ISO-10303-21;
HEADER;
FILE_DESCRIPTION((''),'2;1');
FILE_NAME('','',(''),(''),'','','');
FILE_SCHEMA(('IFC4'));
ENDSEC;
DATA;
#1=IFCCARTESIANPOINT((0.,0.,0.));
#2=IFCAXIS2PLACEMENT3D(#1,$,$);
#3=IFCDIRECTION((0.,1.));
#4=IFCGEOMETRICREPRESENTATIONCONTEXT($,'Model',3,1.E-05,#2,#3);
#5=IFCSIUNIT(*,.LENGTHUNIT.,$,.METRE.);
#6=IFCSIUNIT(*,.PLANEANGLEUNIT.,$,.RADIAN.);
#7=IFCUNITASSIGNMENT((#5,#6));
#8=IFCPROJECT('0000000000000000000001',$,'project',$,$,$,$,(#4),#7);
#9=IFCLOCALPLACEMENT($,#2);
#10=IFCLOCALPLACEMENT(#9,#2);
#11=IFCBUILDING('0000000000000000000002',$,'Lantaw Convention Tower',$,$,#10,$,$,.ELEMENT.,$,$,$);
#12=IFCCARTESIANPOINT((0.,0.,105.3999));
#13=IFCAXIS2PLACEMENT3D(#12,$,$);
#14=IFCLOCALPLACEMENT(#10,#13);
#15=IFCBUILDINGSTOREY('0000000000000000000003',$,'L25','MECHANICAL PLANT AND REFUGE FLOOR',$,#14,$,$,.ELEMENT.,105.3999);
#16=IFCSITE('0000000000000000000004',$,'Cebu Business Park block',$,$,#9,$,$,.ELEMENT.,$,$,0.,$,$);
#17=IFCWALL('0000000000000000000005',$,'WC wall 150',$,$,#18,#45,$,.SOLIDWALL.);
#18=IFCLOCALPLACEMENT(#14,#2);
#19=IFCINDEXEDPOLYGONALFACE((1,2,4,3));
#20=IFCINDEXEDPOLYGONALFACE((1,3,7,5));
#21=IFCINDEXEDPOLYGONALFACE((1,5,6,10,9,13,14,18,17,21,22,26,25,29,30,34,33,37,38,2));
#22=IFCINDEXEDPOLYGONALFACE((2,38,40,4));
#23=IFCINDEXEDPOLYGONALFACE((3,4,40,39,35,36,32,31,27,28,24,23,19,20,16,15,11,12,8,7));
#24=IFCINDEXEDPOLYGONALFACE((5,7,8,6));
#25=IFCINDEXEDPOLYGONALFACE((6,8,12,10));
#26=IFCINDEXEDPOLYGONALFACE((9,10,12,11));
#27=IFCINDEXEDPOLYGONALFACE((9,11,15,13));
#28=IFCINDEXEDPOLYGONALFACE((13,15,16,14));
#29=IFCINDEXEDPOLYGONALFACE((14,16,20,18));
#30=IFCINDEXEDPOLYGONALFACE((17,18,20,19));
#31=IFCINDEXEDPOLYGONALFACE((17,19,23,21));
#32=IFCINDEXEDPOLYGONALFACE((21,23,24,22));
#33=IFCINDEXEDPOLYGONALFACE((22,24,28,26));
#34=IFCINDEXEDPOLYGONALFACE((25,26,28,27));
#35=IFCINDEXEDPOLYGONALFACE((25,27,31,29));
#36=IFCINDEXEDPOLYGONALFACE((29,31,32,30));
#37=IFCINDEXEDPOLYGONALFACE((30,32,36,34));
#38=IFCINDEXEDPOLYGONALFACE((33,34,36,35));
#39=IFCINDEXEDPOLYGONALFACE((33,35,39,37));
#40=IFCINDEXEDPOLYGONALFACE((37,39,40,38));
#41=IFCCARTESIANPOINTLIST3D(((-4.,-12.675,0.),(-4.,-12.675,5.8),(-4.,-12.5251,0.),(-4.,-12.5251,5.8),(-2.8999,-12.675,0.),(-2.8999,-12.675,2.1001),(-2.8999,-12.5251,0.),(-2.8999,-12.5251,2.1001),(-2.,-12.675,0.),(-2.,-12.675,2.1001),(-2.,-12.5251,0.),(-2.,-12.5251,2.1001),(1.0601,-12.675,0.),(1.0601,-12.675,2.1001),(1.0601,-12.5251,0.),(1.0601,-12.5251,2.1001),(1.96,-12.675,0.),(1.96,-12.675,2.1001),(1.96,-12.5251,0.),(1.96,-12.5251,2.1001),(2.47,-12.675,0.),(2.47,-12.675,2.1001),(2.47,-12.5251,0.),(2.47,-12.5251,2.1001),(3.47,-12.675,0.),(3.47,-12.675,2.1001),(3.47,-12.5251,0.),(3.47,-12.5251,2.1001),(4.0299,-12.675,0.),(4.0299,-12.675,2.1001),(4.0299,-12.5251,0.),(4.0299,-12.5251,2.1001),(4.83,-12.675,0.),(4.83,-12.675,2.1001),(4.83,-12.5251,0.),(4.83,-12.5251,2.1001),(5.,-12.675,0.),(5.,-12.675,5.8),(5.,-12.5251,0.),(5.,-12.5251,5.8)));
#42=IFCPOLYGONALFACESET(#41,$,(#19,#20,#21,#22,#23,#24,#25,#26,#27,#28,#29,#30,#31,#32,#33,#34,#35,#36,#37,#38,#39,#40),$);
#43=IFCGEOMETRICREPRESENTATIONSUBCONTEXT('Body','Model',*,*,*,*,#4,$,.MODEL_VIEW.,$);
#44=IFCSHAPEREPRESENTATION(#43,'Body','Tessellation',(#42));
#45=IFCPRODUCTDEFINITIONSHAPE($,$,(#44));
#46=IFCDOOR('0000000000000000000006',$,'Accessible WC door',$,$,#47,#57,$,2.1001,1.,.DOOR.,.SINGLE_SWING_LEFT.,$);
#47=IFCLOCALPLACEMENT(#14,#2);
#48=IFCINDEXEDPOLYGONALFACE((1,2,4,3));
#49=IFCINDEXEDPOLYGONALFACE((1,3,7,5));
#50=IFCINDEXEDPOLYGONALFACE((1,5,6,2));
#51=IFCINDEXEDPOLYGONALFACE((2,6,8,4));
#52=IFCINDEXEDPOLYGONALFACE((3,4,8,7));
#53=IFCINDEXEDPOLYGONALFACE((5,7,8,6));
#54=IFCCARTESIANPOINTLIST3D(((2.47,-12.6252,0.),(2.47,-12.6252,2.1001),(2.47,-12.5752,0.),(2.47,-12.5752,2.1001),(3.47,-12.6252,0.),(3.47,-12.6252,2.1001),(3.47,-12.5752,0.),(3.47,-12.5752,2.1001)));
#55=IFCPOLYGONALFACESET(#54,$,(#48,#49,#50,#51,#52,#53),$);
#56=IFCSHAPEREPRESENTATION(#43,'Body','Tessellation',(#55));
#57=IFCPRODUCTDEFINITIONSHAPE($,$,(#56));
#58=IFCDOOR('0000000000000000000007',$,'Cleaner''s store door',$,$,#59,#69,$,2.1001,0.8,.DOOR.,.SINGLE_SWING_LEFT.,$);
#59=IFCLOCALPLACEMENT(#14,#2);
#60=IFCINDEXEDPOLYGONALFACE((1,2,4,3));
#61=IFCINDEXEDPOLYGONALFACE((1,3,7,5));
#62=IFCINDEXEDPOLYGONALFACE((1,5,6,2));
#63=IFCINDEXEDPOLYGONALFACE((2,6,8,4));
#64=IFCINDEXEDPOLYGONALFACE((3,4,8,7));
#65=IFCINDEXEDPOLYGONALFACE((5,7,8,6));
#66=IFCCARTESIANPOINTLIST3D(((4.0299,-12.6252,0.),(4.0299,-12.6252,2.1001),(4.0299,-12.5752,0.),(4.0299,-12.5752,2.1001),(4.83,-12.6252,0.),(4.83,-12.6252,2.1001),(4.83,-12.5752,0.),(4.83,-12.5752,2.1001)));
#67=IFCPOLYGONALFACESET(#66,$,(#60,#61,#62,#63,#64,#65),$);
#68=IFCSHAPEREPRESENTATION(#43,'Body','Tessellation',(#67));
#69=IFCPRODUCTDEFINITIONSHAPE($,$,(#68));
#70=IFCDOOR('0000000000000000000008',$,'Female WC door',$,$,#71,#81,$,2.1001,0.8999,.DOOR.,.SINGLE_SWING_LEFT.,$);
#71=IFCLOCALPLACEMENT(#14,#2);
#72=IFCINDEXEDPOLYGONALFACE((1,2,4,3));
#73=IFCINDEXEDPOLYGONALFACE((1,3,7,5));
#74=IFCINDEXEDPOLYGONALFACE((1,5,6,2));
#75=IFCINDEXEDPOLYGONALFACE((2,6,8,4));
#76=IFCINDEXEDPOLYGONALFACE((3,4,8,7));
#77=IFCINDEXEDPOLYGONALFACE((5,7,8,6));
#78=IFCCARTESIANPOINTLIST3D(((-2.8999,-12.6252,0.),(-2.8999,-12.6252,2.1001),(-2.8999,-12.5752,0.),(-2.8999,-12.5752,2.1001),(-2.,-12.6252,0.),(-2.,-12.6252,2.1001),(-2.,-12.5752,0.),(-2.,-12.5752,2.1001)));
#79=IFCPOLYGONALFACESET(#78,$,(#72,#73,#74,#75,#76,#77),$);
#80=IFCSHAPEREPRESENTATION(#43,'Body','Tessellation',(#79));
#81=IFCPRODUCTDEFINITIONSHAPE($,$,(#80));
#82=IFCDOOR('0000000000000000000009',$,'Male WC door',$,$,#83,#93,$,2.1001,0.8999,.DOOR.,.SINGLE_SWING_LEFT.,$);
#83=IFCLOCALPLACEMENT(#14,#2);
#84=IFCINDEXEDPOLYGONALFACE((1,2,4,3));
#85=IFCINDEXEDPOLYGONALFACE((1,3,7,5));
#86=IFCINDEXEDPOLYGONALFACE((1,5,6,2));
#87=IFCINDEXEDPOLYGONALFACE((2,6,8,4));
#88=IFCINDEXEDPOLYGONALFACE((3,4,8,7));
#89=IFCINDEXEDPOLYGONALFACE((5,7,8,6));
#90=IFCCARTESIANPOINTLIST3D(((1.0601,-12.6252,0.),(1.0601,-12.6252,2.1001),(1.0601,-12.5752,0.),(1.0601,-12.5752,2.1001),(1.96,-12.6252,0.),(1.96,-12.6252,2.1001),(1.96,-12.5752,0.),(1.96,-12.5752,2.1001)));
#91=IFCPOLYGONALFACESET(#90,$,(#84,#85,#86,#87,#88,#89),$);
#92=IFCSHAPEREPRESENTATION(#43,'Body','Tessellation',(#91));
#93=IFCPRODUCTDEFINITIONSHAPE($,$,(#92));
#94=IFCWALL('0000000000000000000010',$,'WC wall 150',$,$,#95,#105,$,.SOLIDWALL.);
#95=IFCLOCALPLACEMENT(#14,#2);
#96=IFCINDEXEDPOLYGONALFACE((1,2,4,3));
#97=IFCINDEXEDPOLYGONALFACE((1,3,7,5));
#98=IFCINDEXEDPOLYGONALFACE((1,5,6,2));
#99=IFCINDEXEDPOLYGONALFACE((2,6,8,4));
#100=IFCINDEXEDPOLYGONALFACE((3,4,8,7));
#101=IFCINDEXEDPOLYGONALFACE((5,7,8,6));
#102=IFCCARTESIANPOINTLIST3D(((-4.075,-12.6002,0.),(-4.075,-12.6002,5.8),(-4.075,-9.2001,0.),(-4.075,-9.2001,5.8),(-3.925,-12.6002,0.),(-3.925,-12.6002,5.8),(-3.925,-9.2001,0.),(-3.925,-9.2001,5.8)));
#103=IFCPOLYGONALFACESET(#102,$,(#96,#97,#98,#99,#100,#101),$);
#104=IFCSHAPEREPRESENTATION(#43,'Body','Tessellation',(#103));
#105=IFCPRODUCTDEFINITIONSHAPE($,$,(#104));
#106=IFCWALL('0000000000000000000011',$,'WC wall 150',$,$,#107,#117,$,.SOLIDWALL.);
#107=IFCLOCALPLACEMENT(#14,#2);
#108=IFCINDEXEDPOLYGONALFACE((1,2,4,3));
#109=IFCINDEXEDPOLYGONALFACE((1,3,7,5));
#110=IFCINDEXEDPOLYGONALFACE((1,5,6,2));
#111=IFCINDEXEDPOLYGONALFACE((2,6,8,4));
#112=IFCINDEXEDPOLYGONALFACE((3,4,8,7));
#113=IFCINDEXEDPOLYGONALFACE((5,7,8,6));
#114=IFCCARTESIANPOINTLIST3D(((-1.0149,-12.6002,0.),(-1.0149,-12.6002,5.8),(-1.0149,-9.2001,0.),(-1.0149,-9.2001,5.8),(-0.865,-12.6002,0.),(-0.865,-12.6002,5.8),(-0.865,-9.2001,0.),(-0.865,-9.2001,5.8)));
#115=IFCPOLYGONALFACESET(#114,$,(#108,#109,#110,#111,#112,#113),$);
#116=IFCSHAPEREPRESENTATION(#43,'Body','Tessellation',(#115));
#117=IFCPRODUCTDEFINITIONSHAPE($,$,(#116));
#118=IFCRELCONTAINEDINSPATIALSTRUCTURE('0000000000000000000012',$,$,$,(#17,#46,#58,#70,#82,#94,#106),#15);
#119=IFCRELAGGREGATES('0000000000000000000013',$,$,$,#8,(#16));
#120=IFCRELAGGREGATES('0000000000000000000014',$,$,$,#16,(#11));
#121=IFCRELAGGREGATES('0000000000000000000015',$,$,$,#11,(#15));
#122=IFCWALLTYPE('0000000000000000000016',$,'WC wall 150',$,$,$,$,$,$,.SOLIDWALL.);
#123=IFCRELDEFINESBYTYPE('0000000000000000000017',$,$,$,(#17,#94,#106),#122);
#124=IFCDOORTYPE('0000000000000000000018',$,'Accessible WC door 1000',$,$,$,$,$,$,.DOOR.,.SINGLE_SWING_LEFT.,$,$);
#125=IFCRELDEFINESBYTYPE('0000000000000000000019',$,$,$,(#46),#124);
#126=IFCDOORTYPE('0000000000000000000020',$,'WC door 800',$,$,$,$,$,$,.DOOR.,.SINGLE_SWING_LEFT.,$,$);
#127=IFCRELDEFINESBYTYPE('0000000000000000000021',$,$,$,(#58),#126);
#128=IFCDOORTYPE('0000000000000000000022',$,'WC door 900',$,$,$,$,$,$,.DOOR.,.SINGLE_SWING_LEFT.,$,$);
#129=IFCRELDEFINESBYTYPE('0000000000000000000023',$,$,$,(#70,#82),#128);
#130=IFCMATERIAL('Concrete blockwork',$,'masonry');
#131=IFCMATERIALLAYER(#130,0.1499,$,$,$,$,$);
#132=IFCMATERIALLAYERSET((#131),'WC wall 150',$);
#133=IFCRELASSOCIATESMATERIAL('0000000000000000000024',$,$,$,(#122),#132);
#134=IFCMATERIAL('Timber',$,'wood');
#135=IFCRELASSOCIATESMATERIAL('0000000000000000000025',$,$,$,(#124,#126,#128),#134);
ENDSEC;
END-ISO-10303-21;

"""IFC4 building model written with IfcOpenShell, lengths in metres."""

from ifc_helpers import new_model, si_unit, direction, frame, frame_2d, origin, place, context, subcontext, project, spatial, rectangle, extrude, material, layer, layer_set, type_object, element, fill, save


model = new_model("IFC4")

# Units and contexts
model_context = context("Model", 3, precision=1e-05, world=origin(), true_north=direction((0.0, 1.0)))
body_context = subcontext(model_context, "Body", "Model", "MODEL_VIEW")
ifc_project = project(units=[si_unit("LENGTHUNIT", "METRE"), si_unit("PLANEANGLEUNIT", "RADIAN")], contexts=[model_context])

# Site, building, storey
site_placement = place(None, origin())
site = spatial("IfcSite", under=ifc_project, at=site_placement, Name="Cebu Business Park block", CompositionType="ELEMENT", RefElevation=0.0)
building_placement = place(site_placement, origin())
building = spatial("IfcBuilding", under=site, at=building_placement, Name="Lantaw Convention Tower", CompositionType="ELEMENT")
storey_placement = place(building_placement, frame((0.0, 0.0, 105.3999)))
storey = spatial("IfcBuildingStorey", under=building, at=storey_placement, Name="L25", Description="MECHANICAL PLANT AND REFUGE FLOOR", CompositionType="ELEMENT", Elevation=105.3999)

# Wall, openings, doors
ifc_material_1 = material(Name="Concrete blockwork", Category="masonry")
ifc_layer_1 = layer(ifc_material_1, 0.1499)
ifc_layer_set_1 = layer_set([ifc_layer_1], Name="WC wall 150")
wall_type_1 = type_object("IfcWallType", Name="WC wall 150", PredefinedType="SOLIDWALL", material=ifc_layer_set_1)
wall_1_placement = place(storey_placement, frame((-4.0, -12.6001, 0.0), z_axis=(0.0, 0.0, 1.0), x_axis=(1.0, 0.0, 0.0)))
wall_1 = element("IfcWall", 1, at=wall_1_placement, inside=storey, type_object=wall_type_1, Name="WC wall 150", PredefinedType="SOLIDWALL", context=body_context, shape_type="SweptSolid", body=[
    extrude(rectangle(XDim=9.0, YDim=0.1499, at=frame_2d((4.5, 0.0))), origin(), (0.0, 0.0, 1.0), 5.8),
])
opening_1_placement = place(wall_1_placement, frame((1.1001, 0.0, 0.0)))
opening_1 = element("IfcOpeningElement", 2, at=opening_1_placement, cuts=wall_1, PredefinedType="OPENING", context=body_context, shape_type="SweptSolid", body=[
    extrude(rectangle(XDim=0.8999, YDim=2.1001, at=frame_2d((0.45, 1.05))), frame((0.0, 0.085, 0.0), z_axis=(0.0, -1.0, 0.0), x_axis=(1.0, 0.0, 0.0)), (0.0, 0.0, 1.0), 0.1699),
])
opening_2_placement = place(wall_1_placement, frame((5.0601, 0.0, 0.0)))
opening_2 = element("IfcOpeningElement", 3, at=opening_2_placement, cuts=wall_1, PredefinedType="OPENING", context=body_context, shape_type="SweptSolid", body=[
    extrude(rectangle(XDim=0.8999, YDim=2.1001, at=frame_2d((0.45, 1.05))), frame((0.0, 0.085, 0.0), z_axis=(0.0, -1.0, 0.0), x_axis=(1.0, 0.0, 0.0)), (0.0, 0.0, 1.0), 0.1699),
])
opening_3_placement = place(wall_1_placement, frame((6.47, 0.0, 0.0)))
opening_3 = element("IfcOpeningElement", 4, at=opening_3_placement, cuts=wall_1, PredefinedType="OPENING", context=body_context, shape_type="SweptSolid", body=[
    extrude(rectangle(XDim=1.0, YDim=2.1001, at=frame_2d((0.5, 1.05))), frame((0.0, 0.085, 0.0), z_axis=(0.0, -1.0, 0.0), x_axis=(1.0, 0.0, 0.0)), (0.0, 0.0, 1.0), 0.1699),
])
opening_4_placement = place(wall_1_placement, frame((8.03, 0.0, 0.0)))
opening_4 = element("IfcOpeningElement", 5, at=opening_4_placement, cuts=wall_1, PredefinedType="OPENING", context=body_context, shape_type="SweptSolid", body=[
    extrude(rectangle(XDim=0.8, YDim=2.1001, at=frame_2d((0.3999, 1.05))), frame((0.0, 0.085, 0.0), z_axis=(0.0, -1.0, 0.0), x_axis=(1.0, 0.0, 0.0)), (0.0, 0.0, 1.0), 0.1699),
])
ifc_material_2 = material(Name="Timber", Category="wood")
door_type_1 = type_object("IfcDoorType", Name="Accessible WC door 1000", OperationType="SINGLE_SWING_LEFT", PredefinedType="DOOR", material=ifc_material_2)
door_1_placement = place(opening_3_placement, origin())
door_1 = element("IfcDoor", 6, at=door_1_placement, inside=storey, type_object=door_type_1, Name="Accessible WC door", OperationType="SINGLE_SWING_LEFT", OverallHeight=2.1001, OverallWidth=1.0, PredefinedType="DOOR", context=body_context, shape_type="SweptSolid", body=[
    extrude(rectangle(XDim=1.0, YDim=2.1001, at=frame_2d((0.5, 1.05))), frame((0.0, 0.0249, 0.0), z_axis=(0.0, -1.0, 0.0), x_axis=(1.0, 0.0, 0.0)), (0.0, 0.0, 1.0), 0.05),
])
fill(opening_3, door_1)
door_type_2 = type_object("IfcDoorType", Name="WC door 800", OperationType="SINGLE_SWING_LEFT", PredefinedType="DOOR", material=ifc_material_2)
door_2_placement = place(opening_4_placement, origin())
door_2 = element("IfcDoor", 7, at=door_2_placement, inside=storey, type_object=door_type_2, Name="Cleaner's store door", OperationType="SINGLE_SWING_LEFT", OverallHeight=2.1001, OverallWidth=0.8, PredefinedType="DOOR", context=body_context, shape_type="SweptSolid", body=[
    extrude(rectangle(XDim=0.8, YDim=2.1001, at=frame_2d((0.3999, 1.05))), frame((0.0, 0.0249, 0.0), z_axis=(0.0, -1.0, 0.0), x_axis=(1.0, 0.0, 0.0)), (0.0, 0.0, 1.0), 0.05),
])
fill(opening_4, door_2)
door_type_3 = type_object("IfcDoorType", Name="WC door 900", OperationType="SINGLE_SWING_LEFT", PredefinedType="DOOR", material=ifc_material_2)
door_3_placement = place(opening_1_placement, origin())
door_3 = element("IfcDoor", 8, at=door_3_placement, inside=storey, type_object=door_type_3, Name="Female WC door", OperationType="SINGLE_SWING_LEFT", OverallHeight=2.1001, OverallWidth=0.8999, PredefinedType="DOOR", context=body_context, shape_type="SweptSolid", body=[
    extrude(rectangle(XDim=0.8999, YDim=2.1001, at=frame_2d((0.45, 1.05))), frame((0.0, 0.0249, 0.0), z_axis=(0.0, -1.0, 0.0), x_axis=(1.0, 0.0, 0.0)), (0.0, 0.0, 1.0), 0.05),
])
fill(opening_1, door_3)
door_4_placement = place(opening_2_placement, origin())
door_4 = element("IfcDoor", 9, at=door_4_placement, inside=storey, type_object=door_type_3, Name="Male WC door", OperationType="SINGLE_SWING_LEFT", OverallHeight=2.1001, OverallWidth=0.8999, PredefinedType="DOOR", context=body_context, shape_type="SweptSolid", body=[
    extrude(rectangle(XDim=0.8999, YDim=2.1001, at=frame_2d((0.45, 1.05))), frame((0.0, 0.0249, 0.0), z_axis=(0.0, -1.0, 0.0), x_axis=(1.0, 0.0, 0.0)), (0.0, 0.0, 1.0), 0.05),
])
fill(opening_2, door_4)

# Walls
for number, where, z_axis, x_axis, name in (
    (10, (-4.0, -9.2, 0.0), (0.0, 0.0, 1.0), (0.0, -1.0, 0.0), "WC wall 150"),
    (11, (-0.9399, -9.2, 0.0), (0.0, 0.0, 1.0), (0.0, -1.0, 0.0), "WC wall 150"),
):
    element("IfcWall", number, at=place(storey_placement, frame(where, z_axis=z_axis, x_axis=x_axis)), inside=storey, type_object=wall_type_1, Name=name, PredefinedType="SOLIDWALL", context=body_context, shape_type="SweptSolid", body=[
        extrude(rectangle(XDim=3.4001, YDim=0.1499, at=frame_2d((1.7002, 0.0))), origin(), (0.0, 0.0, 1.0), 5.8),
    ])

save(model, "model.ifc")
